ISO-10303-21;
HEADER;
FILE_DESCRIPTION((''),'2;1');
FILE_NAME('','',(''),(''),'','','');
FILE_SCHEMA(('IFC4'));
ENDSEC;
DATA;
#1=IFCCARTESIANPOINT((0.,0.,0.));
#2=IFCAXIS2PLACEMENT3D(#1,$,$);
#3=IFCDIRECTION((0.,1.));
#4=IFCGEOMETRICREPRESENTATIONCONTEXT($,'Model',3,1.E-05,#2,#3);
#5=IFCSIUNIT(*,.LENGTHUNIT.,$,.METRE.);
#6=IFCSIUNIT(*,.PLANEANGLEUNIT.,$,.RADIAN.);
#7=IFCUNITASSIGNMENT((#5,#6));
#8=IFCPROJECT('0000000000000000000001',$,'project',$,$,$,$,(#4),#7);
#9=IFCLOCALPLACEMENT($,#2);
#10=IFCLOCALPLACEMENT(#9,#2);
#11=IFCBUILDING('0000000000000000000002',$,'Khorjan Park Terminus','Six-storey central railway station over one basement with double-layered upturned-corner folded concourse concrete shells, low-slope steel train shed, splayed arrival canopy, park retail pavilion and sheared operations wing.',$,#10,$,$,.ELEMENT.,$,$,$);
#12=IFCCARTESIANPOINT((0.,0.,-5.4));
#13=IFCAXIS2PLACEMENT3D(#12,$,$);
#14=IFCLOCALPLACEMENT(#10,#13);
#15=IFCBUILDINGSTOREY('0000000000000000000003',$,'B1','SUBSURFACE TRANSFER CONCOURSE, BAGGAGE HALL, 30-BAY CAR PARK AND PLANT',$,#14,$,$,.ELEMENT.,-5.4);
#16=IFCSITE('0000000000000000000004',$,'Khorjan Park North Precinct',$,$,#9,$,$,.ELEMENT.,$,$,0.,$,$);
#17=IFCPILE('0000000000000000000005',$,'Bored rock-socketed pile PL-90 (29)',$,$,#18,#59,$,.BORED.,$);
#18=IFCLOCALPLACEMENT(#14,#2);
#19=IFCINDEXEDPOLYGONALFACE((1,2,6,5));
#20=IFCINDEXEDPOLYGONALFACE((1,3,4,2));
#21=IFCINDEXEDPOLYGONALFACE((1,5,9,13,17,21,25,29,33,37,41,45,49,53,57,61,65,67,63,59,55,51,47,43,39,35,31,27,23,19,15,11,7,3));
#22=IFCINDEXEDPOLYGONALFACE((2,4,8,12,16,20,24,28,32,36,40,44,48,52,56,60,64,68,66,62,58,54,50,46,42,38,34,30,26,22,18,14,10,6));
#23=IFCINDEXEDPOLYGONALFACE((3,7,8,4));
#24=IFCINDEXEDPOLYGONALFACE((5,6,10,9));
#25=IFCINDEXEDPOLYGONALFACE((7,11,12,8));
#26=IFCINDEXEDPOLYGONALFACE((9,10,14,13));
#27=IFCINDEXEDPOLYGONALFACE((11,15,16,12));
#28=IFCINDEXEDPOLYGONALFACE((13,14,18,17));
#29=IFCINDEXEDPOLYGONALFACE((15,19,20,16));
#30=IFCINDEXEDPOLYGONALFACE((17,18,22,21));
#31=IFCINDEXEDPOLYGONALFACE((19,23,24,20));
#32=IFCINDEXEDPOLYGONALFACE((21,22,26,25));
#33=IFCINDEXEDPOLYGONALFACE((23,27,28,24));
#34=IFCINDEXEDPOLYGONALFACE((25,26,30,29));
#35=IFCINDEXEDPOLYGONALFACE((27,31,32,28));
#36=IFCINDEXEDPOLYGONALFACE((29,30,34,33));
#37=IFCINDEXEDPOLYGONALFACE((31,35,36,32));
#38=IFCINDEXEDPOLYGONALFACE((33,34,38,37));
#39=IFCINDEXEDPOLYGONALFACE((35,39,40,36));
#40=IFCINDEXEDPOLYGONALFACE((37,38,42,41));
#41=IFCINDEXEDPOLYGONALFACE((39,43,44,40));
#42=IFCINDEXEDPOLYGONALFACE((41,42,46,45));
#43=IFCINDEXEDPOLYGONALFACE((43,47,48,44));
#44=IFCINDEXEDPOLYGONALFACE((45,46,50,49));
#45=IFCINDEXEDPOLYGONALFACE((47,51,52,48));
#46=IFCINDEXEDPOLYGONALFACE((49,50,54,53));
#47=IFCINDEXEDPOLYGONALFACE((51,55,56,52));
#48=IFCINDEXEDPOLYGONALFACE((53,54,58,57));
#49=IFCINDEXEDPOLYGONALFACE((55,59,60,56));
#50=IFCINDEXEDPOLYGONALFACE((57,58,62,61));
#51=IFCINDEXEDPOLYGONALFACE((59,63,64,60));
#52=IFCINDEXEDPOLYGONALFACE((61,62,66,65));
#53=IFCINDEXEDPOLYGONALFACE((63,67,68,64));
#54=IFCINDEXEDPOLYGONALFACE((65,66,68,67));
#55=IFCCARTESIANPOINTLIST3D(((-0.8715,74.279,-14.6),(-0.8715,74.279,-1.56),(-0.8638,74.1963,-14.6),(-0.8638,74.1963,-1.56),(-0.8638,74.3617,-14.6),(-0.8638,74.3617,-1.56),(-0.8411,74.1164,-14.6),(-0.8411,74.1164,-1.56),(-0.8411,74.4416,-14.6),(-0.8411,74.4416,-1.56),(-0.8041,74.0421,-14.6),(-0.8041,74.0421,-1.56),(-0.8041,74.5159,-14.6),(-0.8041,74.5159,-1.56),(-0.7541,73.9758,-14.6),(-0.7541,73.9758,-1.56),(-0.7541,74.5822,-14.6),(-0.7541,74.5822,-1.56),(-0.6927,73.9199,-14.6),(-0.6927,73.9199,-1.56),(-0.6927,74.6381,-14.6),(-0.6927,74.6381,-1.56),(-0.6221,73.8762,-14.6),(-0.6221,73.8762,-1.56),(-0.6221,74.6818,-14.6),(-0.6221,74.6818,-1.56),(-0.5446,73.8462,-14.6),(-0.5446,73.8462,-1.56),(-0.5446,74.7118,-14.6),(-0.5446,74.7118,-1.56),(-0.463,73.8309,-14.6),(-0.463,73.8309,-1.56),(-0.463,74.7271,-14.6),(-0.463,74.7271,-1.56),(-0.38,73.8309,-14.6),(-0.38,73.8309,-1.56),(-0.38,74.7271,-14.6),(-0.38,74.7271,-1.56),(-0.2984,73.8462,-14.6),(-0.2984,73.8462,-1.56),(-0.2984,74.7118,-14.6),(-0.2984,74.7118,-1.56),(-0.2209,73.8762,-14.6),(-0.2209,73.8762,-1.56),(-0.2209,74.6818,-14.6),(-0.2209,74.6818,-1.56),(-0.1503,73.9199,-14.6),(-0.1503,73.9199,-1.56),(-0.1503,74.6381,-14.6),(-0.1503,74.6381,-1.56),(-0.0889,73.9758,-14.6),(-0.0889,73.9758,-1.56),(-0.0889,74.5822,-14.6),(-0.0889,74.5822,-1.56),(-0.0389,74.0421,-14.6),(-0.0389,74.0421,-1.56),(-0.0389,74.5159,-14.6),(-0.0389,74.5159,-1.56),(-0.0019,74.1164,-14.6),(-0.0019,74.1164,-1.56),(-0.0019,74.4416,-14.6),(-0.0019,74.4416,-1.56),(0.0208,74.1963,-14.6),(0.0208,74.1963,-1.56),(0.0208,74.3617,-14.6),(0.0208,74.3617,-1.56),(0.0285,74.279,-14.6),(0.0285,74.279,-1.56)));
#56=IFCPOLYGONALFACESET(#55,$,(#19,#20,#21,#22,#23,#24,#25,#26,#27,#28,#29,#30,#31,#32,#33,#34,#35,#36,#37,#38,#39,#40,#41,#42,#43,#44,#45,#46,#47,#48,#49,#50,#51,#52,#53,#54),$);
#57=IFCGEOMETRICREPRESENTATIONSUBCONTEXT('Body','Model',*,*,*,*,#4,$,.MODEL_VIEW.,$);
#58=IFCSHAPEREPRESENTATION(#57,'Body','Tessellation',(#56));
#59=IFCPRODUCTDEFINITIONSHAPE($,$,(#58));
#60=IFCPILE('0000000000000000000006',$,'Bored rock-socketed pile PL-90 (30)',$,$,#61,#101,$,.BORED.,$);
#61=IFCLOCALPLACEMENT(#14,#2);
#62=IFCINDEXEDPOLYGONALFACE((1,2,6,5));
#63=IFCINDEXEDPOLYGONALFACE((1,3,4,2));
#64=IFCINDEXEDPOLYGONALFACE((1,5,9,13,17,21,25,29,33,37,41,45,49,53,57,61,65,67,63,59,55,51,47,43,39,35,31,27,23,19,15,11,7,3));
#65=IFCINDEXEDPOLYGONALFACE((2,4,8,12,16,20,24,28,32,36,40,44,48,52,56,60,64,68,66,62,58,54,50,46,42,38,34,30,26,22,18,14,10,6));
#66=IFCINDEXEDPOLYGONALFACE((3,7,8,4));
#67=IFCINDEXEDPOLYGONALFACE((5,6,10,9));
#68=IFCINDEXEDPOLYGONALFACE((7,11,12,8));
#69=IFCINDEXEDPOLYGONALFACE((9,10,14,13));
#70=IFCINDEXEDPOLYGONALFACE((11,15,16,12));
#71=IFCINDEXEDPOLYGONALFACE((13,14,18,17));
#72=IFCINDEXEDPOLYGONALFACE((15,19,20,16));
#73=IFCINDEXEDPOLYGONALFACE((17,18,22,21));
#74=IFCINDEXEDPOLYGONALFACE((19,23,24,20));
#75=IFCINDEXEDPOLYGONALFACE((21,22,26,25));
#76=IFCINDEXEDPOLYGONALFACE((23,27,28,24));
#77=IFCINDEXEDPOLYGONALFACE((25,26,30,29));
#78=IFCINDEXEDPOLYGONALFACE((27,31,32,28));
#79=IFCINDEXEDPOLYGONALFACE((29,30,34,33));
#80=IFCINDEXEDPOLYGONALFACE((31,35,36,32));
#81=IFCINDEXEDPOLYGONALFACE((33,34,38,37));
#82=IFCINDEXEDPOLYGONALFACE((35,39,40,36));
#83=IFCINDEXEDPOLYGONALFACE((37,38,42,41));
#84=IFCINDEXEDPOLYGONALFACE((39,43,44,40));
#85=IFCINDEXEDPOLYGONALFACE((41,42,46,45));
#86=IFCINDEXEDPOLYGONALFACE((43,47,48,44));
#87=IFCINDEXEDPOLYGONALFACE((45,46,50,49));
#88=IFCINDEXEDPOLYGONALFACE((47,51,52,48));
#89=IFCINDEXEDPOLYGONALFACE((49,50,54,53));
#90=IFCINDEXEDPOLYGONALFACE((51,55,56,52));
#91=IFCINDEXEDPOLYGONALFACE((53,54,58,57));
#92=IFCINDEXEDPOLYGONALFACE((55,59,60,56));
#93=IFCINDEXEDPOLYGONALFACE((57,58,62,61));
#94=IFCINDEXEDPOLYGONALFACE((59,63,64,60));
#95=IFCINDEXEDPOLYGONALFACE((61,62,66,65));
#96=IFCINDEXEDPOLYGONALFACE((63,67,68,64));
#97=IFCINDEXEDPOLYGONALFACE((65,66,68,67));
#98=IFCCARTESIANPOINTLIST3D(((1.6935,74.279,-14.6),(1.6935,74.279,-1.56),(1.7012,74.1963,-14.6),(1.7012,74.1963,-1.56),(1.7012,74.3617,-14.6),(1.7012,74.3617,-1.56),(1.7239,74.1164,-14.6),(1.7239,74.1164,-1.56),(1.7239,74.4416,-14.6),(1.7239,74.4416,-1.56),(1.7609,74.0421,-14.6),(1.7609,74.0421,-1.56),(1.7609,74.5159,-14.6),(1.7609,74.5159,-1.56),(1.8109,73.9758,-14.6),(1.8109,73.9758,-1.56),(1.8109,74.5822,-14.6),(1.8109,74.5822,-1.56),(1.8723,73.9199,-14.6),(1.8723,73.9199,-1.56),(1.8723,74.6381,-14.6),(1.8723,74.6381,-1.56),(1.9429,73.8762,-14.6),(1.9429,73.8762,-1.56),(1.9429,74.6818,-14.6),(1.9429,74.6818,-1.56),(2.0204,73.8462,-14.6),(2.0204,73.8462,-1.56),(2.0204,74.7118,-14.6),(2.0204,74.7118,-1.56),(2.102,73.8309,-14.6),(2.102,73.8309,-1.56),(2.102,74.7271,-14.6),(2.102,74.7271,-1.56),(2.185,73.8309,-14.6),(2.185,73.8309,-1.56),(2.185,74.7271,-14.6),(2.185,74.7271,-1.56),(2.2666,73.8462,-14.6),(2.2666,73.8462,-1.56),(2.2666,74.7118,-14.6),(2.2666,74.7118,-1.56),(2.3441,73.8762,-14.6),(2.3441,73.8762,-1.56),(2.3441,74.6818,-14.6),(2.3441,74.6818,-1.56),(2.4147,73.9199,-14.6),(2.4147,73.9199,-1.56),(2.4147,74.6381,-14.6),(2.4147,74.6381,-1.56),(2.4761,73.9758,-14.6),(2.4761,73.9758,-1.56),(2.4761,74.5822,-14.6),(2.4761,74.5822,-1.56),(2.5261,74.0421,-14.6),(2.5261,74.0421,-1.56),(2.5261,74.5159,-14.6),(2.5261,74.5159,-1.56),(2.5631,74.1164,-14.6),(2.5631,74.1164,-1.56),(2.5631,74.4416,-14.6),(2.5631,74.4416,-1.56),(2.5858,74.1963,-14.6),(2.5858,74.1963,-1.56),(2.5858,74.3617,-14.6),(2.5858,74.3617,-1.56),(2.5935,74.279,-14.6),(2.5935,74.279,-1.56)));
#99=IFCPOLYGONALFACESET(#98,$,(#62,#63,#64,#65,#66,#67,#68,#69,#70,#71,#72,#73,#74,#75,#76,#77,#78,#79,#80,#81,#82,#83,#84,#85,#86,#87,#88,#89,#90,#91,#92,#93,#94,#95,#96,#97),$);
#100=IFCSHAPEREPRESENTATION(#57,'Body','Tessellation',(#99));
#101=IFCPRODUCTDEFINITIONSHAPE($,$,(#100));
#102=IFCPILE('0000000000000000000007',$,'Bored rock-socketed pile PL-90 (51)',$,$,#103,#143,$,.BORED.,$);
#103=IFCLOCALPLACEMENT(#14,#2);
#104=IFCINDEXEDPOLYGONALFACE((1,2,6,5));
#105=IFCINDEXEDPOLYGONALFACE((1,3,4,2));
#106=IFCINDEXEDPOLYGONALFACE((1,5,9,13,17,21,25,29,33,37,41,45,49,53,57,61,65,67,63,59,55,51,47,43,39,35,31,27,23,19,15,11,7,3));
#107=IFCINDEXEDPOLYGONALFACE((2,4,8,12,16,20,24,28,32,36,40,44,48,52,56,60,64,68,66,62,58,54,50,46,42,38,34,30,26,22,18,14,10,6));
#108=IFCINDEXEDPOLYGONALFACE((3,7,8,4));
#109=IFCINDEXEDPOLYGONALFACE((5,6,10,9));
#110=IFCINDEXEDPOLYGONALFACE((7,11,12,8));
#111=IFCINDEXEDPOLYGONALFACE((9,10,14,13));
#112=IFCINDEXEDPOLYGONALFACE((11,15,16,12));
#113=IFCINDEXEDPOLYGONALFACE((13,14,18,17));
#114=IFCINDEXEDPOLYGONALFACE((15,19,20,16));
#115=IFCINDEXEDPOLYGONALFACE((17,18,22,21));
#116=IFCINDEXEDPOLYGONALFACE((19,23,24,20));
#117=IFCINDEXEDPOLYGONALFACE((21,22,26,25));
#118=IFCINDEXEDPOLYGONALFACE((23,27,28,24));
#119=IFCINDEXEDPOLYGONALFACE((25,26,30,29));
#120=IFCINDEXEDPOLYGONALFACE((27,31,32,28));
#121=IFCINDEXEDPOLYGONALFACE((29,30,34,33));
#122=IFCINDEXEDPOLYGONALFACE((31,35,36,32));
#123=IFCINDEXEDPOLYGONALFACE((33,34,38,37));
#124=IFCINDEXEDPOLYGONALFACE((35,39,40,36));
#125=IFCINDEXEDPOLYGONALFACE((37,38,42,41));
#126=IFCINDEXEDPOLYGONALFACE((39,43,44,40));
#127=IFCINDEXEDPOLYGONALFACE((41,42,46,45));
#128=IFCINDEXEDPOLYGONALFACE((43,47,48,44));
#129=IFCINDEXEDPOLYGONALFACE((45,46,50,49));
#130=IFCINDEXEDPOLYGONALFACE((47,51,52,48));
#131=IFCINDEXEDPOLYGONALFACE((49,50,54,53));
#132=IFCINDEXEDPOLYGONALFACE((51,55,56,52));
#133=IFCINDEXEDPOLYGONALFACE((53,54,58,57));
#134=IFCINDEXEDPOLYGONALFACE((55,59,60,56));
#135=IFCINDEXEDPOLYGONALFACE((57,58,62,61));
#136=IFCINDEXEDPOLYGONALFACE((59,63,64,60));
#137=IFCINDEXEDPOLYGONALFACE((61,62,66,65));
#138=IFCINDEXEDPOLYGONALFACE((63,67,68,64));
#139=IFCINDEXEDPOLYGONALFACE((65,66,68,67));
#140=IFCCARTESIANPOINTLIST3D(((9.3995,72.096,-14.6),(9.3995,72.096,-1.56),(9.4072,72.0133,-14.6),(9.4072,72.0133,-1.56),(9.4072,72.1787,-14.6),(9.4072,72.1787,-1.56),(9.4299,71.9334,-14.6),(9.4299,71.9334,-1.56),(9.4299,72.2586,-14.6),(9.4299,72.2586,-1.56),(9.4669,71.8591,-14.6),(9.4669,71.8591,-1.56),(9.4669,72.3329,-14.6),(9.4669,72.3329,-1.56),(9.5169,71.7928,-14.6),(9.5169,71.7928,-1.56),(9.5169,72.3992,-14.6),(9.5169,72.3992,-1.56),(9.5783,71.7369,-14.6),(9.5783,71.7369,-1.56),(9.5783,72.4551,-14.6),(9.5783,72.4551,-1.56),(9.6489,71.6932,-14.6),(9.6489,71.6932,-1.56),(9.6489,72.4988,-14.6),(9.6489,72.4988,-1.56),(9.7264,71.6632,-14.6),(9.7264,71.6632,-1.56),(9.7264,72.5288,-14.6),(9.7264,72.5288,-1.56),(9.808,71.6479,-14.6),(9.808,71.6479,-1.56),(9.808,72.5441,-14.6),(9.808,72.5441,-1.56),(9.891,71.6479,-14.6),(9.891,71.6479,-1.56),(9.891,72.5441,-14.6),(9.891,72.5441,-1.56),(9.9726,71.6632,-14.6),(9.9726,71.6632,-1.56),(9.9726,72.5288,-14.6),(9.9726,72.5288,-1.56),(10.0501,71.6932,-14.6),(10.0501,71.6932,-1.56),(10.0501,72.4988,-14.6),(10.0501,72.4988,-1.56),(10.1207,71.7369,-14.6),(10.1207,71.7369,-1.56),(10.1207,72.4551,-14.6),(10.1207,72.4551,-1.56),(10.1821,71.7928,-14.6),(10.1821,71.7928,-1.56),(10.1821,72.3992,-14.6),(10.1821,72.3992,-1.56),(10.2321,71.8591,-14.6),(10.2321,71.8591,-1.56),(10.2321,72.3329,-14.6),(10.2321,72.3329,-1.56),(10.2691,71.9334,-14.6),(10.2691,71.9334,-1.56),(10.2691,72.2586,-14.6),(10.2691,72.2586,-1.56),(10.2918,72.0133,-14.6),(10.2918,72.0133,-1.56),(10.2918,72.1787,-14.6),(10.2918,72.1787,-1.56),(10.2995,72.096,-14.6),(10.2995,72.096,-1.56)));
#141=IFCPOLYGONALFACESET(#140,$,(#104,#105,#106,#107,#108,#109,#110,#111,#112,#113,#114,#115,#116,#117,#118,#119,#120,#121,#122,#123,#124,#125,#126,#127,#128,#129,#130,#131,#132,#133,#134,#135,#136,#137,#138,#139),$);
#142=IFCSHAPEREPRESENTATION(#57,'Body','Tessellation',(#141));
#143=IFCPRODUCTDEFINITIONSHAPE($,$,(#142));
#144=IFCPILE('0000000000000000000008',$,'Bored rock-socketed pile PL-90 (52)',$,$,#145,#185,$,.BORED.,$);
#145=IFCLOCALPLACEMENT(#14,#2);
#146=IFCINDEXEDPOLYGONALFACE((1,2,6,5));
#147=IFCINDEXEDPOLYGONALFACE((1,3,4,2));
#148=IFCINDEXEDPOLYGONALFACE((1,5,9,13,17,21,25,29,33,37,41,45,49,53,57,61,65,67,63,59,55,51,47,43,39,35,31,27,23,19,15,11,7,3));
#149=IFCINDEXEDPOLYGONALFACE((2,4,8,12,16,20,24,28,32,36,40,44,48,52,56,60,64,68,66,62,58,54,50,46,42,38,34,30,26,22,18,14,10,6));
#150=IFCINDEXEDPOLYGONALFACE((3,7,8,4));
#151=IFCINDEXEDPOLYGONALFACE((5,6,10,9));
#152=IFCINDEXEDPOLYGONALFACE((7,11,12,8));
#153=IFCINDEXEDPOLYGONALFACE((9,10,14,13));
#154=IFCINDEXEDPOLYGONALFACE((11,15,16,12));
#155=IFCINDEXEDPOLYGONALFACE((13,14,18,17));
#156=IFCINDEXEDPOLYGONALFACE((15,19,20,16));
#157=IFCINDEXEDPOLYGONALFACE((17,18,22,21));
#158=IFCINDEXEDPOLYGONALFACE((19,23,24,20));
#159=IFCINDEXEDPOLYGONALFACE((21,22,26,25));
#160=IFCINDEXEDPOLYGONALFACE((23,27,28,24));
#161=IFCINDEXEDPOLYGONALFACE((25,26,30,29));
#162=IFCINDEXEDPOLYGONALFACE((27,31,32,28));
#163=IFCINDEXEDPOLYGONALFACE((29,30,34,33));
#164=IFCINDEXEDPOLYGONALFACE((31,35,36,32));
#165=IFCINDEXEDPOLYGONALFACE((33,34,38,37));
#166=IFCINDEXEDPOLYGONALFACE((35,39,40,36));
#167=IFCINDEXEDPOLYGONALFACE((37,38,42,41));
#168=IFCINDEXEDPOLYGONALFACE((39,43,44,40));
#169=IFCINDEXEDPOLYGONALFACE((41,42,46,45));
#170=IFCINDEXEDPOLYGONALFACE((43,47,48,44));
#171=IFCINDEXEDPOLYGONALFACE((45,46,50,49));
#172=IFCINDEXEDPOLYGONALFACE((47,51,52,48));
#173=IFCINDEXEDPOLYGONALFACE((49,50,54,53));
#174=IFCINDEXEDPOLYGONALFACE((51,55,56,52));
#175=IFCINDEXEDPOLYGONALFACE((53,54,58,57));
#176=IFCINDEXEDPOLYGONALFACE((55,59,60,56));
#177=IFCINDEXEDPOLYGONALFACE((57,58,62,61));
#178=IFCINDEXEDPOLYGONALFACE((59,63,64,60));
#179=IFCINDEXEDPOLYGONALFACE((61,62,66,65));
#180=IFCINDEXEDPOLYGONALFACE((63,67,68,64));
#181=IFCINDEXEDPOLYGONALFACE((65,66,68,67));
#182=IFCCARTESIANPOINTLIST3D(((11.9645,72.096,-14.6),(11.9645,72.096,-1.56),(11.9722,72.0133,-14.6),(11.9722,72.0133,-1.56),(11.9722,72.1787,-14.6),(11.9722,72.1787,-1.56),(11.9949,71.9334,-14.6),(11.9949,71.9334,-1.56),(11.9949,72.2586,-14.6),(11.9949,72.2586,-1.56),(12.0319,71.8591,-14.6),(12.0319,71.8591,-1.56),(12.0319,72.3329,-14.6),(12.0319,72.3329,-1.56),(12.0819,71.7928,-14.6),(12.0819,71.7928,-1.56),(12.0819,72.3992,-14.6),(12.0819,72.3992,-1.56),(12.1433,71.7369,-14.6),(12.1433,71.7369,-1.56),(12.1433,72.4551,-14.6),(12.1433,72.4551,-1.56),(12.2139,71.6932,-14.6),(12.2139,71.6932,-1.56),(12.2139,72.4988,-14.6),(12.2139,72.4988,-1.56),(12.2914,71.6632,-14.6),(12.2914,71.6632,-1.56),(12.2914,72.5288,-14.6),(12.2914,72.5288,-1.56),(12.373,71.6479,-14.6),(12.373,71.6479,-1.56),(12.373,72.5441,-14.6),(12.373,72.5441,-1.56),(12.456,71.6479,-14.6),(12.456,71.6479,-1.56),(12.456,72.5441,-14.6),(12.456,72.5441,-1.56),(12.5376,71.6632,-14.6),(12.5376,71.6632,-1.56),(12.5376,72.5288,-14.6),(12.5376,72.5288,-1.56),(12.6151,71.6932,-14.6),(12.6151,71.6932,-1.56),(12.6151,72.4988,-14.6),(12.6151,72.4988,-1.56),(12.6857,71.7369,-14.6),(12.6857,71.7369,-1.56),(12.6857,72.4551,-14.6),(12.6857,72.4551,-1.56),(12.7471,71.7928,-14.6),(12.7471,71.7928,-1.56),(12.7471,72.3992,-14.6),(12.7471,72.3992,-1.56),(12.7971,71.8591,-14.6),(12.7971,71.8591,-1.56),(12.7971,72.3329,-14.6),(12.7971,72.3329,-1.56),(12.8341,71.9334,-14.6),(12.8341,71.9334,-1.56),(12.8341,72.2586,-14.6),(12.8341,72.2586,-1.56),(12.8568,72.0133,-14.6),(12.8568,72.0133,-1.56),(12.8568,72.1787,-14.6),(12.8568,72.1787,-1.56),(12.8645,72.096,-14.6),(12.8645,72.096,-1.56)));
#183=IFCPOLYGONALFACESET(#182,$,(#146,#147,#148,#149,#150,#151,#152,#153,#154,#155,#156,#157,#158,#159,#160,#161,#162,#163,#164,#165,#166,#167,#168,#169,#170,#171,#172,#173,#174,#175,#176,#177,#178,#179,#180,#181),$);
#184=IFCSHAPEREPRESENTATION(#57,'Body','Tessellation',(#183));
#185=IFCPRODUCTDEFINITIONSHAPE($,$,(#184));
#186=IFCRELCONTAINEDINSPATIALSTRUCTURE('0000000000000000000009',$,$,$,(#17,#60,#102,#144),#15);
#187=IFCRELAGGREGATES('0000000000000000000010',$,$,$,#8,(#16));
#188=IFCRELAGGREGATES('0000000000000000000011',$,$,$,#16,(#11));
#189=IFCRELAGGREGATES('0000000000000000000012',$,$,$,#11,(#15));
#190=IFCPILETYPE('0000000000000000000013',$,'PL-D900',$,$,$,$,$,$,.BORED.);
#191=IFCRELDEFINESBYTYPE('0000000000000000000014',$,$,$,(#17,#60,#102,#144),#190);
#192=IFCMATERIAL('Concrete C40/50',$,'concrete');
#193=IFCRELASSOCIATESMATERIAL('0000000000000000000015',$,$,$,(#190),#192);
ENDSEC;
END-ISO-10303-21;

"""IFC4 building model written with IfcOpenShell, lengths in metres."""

from ifc_helpers import new_model, si_unit, direction, frame, origin, origin_2d, place, context, subcontext, project, spatial, circle, extrude, material, material_profile, profile_set, type_object, element, save


model = new_model("IFC4")

# Units and contexts
model_context = context("Model", 3, precision=1e-05, world=origin(), true_north=direction((0.0, 1.0)))
body_context = subcontext(model_context, "Body", "Model", "MODEL_VIEW")
ifc_project = project(units=[si_unit("LENGTHUNIT", "METRE"), si_unit("PLANEANGLEUNIT", "RADIAN")], contexts=[model_context])

# Site, building, storey
site_placement = place(None, origin())
site = spatial("IfcSite", under=ifc_project, at=site_placement, Name="Khorjan Park North Precinct", CompositionType="ELEMENT", RefElevation=0.0)
building_placement = place(site_placement, origin())
building = spatial("IfcBuilding", under=site, at=building_placement, Name="Khorjan Park Terminus", Description="Six-storey central railway station over one basement with double-layered upturned-corner folded concourse concrete shells, low-slope steel train shed, splayed arrival canopy, park retail pavilion and sheared operations wing.", CompositionType="ELEMENT")
storey_placement = place(building_placement, frame((0.0, 0.0, -5.4)))
storey = spatial("IfcBuildingStorey", under=building, at=storey_placement, Name="B1", Description="SUBSURFACE TRANSFER CONCOURSE, BAGGAGE HALL, 30-BAY CAR PARK AND PLANT", CompositionType="ELEMENT", Elevation=-5.4)

# Shared definitions
ifc_material_1 = material(Name="Concrete C40/50", Category="concrete")

# Piles
ifc_material_profile_1 = material_profile(ifc_material_1, circle(Radius=0.45, at=origin_2d()), Name="BORED D900")
ifc_profile_set_1 = profile_set([ifc_material_profile_1], Name="Concrete C40/50")
pile_type_1 = type_object("IfcPileType", Name="PL-D900", PredefinedType="BORED", material=ifc_profile_set_1)
for number, where, z_axis, x_axis, name in (
    (1, (-0.4215, 74.279, -1.56), (0.0, 0.0, -1.0), (1.0, 0.0, 0.0), "Bored rock-socketed pile PL-90 (29)"),
    (2, (2.1435, 74.279, -1.56), (0.0, 0.0, -1.0), (1.0, 0.0, 0.0), "Bored rock-socketed pile PL-90 (30)"),
    (3, (9.8495, 72.096, -1.56), (0.0, 0.0, -1.0), (1.0, 0.0, 0.0), "Bored rock-socketed pile PL-90 (51)"),
    (4, (12.4145, 72.096, -1.56), (0.0, 0.0, -1.0), (1.0, 0.0, 0.0), "Bored rock-socketed pile PL-90 (52)"),
):
    element("IfcPile", number, at=place(storey_placement, frame(where, z_axis=z_axis, x_axis=x_axis)), inside=storey, type_object=pile_type_1, Name=name, PredefinedType="BORED", context=body_context, shape_type="SweptSolid", body=[
        extrude(circle(Radius=0.45, at=origin_2d()), origin(), (0.0, 0.0, 1.0), 13.04),
    ])

save(model, "model.ifc")
